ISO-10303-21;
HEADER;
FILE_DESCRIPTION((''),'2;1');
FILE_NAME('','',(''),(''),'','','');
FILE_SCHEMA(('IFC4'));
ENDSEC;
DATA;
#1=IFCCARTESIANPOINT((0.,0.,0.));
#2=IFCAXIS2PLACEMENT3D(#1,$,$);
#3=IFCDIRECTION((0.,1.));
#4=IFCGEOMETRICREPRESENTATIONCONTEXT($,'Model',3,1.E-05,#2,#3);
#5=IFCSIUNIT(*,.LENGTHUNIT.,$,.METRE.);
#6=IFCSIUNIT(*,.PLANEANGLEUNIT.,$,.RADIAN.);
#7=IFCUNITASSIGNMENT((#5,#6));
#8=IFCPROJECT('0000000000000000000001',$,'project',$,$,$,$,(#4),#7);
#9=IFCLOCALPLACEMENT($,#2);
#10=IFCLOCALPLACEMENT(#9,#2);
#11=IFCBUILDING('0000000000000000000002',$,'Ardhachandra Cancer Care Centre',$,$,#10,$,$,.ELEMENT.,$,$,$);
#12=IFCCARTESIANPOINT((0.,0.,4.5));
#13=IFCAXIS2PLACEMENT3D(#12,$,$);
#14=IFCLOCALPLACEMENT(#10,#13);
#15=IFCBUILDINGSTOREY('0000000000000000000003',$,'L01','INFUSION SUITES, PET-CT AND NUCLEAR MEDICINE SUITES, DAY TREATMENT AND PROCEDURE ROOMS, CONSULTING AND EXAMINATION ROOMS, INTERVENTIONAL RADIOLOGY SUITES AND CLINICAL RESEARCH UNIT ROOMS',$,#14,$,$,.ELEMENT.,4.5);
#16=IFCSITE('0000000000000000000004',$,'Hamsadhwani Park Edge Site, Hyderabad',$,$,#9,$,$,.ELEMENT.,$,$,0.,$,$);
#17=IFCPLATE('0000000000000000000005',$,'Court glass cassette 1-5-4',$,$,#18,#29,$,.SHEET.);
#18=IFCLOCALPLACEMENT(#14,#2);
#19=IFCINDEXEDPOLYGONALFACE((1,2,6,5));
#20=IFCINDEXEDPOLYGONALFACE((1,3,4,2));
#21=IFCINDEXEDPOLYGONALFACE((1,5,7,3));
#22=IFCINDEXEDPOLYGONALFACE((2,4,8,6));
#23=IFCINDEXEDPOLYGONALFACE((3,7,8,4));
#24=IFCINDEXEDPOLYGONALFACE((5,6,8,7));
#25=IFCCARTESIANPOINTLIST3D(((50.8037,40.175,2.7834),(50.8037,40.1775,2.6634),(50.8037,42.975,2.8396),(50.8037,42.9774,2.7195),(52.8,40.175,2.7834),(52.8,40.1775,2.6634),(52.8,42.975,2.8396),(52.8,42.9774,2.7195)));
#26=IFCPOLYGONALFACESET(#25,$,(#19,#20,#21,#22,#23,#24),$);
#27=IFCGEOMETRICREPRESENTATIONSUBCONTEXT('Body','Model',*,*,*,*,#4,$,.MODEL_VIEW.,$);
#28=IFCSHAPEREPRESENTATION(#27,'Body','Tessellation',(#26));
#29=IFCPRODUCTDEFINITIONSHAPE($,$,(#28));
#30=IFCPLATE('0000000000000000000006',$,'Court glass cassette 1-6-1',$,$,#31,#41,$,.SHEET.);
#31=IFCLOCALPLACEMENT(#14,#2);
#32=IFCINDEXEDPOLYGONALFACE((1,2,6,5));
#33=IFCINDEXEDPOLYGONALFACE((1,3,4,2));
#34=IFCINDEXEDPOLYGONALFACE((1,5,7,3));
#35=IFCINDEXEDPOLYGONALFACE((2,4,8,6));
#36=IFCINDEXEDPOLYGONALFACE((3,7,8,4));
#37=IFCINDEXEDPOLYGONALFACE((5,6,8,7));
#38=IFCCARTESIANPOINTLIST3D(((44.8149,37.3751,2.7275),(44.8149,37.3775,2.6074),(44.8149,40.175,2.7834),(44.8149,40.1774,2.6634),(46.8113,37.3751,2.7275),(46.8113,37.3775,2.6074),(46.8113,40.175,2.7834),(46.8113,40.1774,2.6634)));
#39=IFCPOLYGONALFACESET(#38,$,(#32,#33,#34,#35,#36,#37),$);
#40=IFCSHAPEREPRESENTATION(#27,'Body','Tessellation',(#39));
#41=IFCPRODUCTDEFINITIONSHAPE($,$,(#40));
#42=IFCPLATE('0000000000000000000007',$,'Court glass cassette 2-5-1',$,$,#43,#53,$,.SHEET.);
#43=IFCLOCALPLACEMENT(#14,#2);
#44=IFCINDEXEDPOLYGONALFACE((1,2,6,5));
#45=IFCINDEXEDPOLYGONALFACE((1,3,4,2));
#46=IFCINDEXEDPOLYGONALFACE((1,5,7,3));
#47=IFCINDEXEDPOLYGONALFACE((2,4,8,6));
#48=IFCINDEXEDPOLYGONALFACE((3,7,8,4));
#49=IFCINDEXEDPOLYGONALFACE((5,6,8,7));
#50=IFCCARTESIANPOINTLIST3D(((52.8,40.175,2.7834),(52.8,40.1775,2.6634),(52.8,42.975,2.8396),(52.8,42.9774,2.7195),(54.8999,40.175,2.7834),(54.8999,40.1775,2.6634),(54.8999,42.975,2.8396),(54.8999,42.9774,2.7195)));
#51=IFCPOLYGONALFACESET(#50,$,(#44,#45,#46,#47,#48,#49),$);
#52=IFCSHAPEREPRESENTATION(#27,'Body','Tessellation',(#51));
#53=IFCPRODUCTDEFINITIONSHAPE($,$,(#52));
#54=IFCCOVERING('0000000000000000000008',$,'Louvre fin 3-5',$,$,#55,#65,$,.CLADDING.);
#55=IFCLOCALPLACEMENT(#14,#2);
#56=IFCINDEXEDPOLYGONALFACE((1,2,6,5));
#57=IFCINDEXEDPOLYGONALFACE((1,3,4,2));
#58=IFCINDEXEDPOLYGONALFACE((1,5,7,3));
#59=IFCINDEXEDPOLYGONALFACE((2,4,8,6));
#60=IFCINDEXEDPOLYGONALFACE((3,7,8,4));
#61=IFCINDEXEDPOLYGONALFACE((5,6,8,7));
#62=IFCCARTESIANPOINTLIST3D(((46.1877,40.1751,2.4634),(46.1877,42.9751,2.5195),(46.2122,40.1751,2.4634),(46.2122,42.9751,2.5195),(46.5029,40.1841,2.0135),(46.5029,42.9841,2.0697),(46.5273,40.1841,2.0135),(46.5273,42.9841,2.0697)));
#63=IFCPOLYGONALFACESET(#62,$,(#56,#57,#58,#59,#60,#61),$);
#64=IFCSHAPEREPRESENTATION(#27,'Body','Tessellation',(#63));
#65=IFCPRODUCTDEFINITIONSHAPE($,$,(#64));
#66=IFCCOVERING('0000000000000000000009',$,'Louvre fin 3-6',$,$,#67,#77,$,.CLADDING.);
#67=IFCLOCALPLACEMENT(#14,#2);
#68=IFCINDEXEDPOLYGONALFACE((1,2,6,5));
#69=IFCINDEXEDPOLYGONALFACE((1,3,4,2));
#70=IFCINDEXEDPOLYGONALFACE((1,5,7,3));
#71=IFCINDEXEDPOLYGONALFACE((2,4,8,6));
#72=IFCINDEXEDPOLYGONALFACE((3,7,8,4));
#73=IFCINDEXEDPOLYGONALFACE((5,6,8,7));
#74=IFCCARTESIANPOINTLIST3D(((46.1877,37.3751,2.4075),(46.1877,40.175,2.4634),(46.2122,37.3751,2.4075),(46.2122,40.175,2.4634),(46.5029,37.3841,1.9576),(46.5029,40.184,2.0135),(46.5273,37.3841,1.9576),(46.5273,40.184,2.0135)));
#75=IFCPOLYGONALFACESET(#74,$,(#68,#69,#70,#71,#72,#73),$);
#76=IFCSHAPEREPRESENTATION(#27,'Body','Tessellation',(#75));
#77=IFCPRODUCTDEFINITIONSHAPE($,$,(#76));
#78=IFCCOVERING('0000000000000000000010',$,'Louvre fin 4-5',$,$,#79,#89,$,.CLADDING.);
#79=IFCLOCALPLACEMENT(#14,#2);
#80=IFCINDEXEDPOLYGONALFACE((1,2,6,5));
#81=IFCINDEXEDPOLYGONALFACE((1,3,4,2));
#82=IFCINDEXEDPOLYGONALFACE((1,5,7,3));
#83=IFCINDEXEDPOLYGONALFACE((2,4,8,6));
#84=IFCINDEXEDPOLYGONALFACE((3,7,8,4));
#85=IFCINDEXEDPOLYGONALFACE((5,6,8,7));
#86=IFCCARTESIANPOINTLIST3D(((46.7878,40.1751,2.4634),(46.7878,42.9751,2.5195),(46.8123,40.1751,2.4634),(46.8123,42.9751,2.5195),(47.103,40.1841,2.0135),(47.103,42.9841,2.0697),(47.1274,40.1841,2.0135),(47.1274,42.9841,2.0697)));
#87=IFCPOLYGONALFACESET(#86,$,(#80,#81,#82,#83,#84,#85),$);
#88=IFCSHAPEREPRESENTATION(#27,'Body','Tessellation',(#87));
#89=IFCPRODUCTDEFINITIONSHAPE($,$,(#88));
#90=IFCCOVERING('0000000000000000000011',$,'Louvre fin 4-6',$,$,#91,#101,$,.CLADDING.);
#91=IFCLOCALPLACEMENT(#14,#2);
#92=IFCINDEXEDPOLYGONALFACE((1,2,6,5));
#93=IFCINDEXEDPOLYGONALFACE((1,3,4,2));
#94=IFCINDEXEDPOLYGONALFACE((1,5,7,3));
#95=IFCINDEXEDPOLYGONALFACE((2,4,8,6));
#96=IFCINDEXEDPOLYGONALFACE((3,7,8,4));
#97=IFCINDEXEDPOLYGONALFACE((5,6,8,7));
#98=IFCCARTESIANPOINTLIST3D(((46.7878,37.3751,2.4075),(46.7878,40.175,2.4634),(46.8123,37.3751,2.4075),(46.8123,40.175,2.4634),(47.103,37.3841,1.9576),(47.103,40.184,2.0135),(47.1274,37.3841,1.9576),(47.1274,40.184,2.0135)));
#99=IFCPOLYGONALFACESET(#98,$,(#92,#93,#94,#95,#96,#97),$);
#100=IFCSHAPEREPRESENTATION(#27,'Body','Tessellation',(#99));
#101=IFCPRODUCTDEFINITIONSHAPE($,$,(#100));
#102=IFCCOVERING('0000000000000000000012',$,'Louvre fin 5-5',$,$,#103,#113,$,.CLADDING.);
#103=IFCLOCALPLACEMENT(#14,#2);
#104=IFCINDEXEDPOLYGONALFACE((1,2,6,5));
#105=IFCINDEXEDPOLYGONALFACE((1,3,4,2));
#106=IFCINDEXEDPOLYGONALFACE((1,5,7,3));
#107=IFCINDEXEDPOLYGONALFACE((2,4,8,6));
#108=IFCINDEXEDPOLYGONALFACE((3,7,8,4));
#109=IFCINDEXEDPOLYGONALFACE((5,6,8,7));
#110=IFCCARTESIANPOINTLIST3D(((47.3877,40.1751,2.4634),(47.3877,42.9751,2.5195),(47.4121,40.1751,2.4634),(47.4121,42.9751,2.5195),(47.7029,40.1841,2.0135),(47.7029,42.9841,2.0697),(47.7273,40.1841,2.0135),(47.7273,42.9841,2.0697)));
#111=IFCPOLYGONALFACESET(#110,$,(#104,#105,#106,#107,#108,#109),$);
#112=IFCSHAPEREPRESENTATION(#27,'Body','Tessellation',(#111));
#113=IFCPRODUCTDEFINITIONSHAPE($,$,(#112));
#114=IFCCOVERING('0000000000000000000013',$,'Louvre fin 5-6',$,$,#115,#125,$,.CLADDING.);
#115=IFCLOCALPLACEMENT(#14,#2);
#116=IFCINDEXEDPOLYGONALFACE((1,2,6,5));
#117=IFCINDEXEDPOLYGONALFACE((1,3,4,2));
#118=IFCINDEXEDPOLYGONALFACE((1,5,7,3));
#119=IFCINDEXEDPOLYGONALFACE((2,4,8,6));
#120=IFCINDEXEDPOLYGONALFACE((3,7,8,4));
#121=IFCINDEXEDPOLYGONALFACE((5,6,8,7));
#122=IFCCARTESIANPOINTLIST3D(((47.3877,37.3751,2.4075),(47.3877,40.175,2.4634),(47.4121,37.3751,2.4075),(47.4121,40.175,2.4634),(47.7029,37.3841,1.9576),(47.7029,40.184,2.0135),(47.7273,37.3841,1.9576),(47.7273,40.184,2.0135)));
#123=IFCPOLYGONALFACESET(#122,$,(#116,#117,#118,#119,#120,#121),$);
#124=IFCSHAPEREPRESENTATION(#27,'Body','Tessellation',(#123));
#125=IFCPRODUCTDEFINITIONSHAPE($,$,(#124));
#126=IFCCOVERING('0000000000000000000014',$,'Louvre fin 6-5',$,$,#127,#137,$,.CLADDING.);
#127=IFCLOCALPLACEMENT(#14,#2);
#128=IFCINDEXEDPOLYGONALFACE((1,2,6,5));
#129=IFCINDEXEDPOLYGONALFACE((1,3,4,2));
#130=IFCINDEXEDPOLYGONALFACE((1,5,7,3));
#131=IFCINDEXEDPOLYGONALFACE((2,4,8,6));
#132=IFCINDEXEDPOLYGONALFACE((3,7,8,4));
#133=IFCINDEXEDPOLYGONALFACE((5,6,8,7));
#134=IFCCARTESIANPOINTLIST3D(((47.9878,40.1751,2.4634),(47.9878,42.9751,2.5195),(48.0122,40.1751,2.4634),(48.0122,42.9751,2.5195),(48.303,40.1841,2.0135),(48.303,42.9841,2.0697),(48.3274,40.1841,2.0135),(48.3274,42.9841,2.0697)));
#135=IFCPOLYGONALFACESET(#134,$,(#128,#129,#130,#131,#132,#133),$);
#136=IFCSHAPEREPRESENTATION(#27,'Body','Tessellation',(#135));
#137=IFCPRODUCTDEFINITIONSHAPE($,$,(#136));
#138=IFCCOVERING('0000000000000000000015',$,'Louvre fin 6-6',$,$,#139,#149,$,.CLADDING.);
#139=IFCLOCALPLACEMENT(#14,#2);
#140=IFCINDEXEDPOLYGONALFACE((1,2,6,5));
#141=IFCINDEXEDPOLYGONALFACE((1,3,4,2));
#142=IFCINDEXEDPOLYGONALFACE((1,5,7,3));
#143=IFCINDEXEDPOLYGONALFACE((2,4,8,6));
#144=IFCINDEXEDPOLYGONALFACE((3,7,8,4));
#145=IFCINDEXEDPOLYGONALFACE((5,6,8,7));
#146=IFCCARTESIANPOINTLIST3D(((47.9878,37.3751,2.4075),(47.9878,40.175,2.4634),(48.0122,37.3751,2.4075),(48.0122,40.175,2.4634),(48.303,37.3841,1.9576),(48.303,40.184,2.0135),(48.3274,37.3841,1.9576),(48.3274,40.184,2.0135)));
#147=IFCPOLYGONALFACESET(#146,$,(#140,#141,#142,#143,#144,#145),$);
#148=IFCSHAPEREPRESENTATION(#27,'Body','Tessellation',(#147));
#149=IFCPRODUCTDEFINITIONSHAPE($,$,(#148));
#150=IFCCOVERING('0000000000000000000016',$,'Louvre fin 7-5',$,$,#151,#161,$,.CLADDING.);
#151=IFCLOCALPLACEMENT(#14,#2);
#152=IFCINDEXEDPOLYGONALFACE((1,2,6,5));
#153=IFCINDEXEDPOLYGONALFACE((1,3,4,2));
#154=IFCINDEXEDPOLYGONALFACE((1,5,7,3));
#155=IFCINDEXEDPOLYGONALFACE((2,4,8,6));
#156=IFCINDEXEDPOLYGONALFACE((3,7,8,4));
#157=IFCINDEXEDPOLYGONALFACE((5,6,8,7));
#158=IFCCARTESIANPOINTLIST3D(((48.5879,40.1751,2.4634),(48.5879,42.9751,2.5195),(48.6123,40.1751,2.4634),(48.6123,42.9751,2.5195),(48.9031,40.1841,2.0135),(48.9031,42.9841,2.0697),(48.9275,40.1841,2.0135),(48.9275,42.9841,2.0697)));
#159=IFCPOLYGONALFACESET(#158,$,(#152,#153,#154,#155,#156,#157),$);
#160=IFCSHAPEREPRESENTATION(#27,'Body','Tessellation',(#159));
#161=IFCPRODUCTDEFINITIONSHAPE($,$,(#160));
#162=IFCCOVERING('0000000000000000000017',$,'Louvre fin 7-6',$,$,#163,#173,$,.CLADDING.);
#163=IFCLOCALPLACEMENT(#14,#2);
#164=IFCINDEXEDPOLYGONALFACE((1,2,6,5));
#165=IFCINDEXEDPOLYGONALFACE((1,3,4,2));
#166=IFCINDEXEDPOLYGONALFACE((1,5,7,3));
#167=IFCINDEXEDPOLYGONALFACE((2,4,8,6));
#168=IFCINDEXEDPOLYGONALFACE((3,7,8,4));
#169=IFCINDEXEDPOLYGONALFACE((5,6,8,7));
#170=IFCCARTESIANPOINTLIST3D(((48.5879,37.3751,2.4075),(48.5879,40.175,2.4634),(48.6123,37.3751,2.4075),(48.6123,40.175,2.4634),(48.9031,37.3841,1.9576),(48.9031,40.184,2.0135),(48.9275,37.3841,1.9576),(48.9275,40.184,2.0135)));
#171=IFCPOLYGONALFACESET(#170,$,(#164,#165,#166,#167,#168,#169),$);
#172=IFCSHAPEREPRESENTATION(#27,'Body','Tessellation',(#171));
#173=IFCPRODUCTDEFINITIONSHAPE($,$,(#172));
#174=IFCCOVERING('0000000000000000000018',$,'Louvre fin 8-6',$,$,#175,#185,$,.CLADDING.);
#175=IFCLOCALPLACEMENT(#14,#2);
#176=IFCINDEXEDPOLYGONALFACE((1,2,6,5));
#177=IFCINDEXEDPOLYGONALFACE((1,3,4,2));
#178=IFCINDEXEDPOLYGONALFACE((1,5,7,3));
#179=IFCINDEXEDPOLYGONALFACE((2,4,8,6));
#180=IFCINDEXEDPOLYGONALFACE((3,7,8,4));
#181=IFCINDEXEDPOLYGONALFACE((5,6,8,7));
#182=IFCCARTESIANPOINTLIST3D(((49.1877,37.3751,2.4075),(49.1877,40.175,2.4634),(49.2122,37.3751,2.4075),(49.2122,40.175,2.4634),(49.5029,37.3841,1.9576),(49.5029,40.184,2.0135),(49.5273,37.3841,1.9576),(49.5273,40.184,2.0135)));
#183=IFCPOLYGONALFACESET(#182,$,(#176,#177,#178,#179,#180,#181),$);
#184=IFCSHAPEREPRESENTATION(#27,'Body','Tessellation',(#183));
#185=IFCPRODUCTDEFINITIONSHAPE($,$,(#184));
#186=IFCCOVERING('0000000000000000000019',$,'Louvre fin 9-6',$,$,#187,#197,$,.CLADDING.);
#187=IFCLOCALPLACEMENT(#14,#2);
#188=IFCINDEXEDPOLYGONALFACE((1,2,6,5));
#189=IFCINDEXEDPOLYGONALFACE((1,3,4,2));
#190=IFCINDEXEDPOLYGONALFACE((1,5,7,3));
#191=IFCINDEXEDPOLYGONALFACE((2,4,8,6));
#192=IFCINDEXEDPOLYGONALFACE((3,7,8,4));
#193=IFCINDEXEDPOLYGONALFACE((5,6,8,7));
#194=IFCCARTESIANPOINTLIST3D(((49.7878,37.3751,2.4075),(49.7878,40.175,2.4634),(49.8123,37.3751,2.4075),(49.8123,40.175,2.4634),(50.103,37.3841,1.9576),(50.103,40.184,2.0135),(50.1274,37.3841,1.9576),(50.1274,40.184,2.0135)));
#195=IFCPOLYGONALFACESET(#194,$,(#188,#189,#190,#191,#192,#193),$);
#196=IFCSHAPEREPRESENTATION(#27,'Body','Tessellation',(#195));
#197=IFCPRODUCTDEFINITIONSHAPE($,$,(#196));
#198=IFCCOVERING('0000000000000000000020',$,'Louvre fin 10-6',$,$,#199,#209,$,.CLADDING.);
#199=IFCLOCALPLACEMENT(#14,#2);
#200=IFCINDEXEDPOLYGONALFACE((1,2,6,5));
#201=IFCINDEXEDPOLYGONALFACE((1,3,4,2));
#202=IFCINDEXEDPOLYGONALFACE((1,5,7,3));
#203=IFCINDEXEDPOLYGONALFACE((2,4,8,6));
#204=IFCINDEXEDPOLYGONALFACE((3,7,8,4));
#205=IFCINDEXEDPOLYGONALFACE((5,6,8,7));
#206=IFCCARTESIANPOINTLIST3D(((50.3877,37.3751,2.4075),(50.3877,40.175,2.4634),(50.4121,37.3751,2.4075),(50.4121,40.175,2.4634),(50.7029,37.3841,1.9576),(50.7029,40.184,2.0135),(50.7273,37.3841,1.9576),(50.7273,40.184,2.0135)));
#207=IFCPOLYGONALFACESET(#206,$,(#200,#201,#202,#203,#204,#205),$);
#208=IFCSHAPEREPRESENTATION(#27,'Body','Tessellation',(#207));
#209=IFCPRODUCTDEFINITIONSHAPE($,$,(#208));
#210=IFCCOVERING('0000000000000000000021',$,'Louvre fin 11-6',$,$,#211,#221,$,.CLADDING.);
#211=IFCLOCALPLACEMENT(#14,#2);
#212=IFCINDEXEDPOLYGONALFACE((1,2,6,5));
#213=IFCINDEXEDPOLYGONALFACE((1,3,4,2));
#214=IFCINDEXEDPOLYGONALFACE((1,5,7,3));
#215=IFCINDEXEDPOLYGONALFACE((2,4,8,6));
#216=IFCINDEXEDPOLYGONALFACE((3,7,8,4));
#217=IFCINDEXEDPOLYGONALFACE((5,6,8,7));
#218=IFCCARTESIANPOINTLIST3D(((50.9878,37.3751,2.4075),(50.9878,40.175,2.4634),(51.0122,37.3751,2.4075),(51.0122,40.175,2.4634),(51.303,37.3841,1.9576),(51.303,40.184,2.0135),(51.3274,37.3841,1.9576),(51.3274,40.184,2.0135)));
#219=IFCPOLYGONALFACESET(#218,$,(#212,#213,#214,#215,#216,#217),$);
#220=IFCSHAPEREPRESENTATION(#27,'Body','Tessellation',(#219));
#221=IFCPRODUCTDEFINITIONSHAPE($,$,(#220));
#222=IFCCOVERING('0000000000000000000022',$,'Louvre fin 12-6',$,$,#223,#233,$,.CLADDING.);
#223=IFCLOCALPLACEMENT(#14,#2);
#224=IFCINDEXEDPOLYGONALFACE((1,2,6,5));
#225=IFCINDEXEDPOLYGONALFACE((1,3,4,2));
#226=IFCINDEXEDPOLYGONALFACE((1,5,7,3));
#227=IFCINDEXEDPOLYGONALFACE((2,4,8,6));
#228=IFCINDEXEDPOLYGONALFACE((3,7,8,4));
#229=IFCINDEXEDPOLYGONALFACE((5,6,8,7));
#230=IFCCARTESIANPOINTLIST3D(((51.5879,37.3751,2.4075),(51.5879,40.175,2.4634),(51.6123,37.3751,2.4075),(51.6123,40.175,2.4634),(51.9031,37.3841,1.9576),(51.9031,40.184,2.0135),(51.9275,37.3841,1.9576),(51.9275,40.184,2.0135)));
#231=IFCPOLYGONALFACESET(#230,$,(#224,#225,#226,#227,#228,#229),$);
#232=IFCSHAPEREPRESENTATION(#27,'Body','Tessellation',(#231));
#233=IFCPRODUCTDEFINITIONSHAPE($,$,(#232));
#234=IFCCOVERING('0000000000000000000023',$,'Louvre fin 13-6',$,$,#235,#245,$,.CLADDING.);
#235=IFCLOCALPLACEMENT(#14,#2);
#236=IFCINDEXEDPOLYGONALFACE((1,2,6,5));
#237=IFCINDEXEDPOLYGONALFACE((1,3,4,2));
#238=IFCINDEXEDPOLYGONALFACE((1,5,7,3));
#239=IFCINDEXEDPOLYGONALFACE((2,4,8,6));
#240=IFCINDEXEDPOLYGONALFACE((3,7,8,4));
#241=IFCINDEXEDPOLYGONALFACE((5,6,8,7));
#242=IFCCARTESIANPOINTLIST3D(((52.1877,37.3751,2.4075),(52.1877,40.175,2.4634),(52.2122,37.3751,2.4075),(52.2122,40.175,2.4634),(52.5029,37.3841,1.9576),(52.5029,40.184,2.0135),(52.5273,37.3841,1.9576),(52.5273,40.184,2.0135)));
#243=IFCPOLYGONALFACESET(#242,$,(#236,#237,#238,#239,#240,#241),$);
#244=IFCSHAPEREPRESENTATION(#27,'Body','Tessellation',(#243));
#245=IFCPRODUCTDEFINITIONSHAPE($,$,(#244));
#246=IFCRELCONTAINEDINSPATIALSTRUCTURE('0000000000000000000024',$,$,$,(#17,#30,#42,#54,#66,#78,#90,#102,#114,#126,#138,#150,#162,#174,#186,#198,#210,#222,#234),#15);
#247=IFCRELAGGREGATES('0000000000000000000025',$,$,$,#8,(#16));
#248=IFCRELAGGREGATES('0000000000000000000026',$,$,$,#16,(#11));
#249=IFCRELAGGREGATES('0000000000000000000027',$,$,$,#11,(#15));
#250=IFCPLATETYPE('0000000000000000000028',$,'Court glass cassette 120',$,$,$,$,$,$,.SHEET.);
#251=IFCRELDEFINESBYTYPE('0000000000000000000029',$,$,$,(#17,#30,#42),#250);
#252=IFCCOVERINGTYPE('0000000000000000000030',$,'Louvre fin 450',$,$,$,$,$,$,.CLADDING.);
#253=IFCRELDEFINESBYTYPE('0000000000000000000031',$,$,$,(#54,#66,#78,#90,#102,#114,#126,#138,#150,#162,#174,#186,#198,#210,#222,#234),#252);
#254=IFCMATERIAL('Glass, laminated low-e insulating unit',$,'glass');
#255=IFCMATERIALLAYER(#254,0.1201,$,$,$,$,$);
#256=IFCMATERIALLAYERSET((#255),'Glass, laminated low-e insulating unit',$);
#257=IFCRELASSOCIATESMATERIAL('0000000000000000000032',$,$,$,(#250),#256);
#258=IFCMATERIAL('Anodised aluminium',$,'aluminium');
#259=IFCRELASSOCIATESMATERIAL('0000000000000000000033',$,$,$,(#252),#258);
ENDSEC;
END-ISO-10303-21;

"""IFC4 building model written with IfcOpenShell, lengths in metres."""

from ifc_helpers import new_model, si_unit, direction, frame, origin, place, context, subcontext, project, spatial, polyline, outline, extrude, material, layer, layer_set, material_profile, profile_set, type_object, element, save


model = new_model("IFC4")

# Units and contexts
model_context = context("Model", 3, precision=1e-05, world=origin(), true_north=direction((0.0, 1.0)))
body_context = subcontext(model_context, "Body", "Model", "MODEL_VIEW")
ifc_project = project(units=[si_unit("LENGTHUNIT", "METRE"), si_unit("PLANEANGLEUNIT", "RADIAN")], contexts=[model_context])

# Site, building, storey
site_placement = place(None, origin())
site = spatial("IfcSite", under=ifc_project, at=site_placement, Name="Hamsadhwani Park Edge Site, Hyderabad", CompositionType="ELEMENT", RefElevation=0.0)
building_placement = place(site_placement, origin())
building = spatial("IfcBuilding", under=site, at=building_placement, Name="Ardhachandra Cancer Care Centre", CompositionType="ELEMENT")
storey_placement = place(building_placement, frame((0.0, 0.0, 4.5)))
storey = spatial("IfcBuildingStorey", under=building, at=storey_placement, Name="L01", Description="INFUSION SUITES, PET-CT AND NUCLEAR MEDICINE SUITES, DAY TREATMENT AND PROCEDURE ROOMS, CONSULTING AND EXAMINATION ROOMS, INTERVENTIONAL RADIOLOGY SUITES AND CLINICAL RESEARCH UNIT ROOMS", CompositionType="ELEMENT", Elevation=4.5)

# Plates
ifc_material_1 = material(Name="Glass, laminated low-e insulating unit", Category="glass")
ifc_layer = layer(ifc_material_1, 0.1201)
ifc_layer_set = layer_set([ifc_layer], Name="Glass, laminated low-e insulating unit")
plate_type = type_object("IfcPlateType", Name="Court glass cassette 120", PredefinedType="SHEET", material=ifc_layer_set)
for number, where, z_axis, x_axis, name in (
    (1, (50.8037, 40.175, 2.7834), (0.0, -0.02005, 0.999799), (0.0, 0.999799, 0.02005), "Court glass cassette 1-5-4"),
    (2, (46.8113, 40.175, 2.7834), (0.0, -0.019963, 0.999801), (0.0, -0.999801, -0.019963), "Court glass cassette 1-6-1"),
):
    element("IfcPlate", number, at=place(storey_placement, frame(where, z_axis=z_axis, x_axis=x_axis)), inside=storey, type_object=plate_type, Name=name, PredefinedType="SHEET", context=body_context, shape_type="SweptSolid", body=[
        extrude(outline(polyline([(0.0, -1.9963), (2.8005, -1.9963), (2.8005, 0.0), (0.0, 0.0), (0.0, -1.9963)])), frame((0.0, 0.0, -0.1201)), (0.0, 0.0, 1.0), 0.1201),
    ])
plate_1_placement = place(storey_placement, frame((52.8, 40.175, 2.7834), z_axis=(0.0, -0.02005, 0.999799), x_axis=(0.0, 0.999799, 0.02005)))
element("IfcPlate", 3, at=plate_1_placement, inside=storey, type_object=plate_type, Name="Court glass cassette 2-5-1", PredefinedType="SHEET", context=body_context, shape_type="SweptSolid", body=[
    extrude(outline(polyline([(0.0, -2.0999), (2.8005, -2.0999), (2.8005, 0.0), (0.0, 0.0), (0.0, -2.0999)])), frame((0.0, 0.0, -0.1201)), (0.0, 0.0, 1.0), 0.1201),
])

# Coverings
ifc_material_2 = material(Name="Anodised aluminium", Category="aluminium")
ifc_material_profile_1 = material_profile(ifc_material_2, outline(polyline([(-0.0122, 0.0), (0.0122, 0.0), (0.3274, -0.45), (0.303, -0.45), (-0.0122, 0.0)])), Name="Louvre fin 450")
ifc_profile_set_1 = profile_set([ifc_material_profile_1], Name="Anodised aluminium")
covering_type = type_object("IfcCoveringType", Name="Louvre fin 450", PredefinedType="CLADDING", material=ifc_profile_set_1)
for number, where, z_axis, x_axis, name in (
    (4, (46.2, 42.9751, 2.5195), (0.0, -0.999799, -0.02005), (1.0, 0.0, 0.0), "Louvre fin 3-5"),
    (5, (46.2, 40.175, 2.4634), (0.0, -0.999801, -0.019963), (1.0, 0.0, 0.0), "Louvre fin 3-6"),
    (6, (46.8, 42.9751, 2.5195), (0.0, -0.999799, -0.02005), (1.0, 0.0, 0.0), "Louvre fin 4-5"),
    (7, (46.8, 40.175, 2.4634), (0.0, -0.999801, -0.019963), (1.0, 0.0, 0.0), "Louvre fin 4-6"),
    (8, (47.3999, 42.9751, 2.5195), (0.0, -0.999799, -0.02005), (1.0, 0.0, 0.0), "Louvre fin 5-5"),
    (9, (47.3999, 40.175, 2.4634), (0.0, -0.999801, -0.019963), (1.0, 0.0, 0.0), "Louvre fin 5-6"),
    (10, (48.0, 42.9751, 2.5195), (0.0, -0.999799, -0.02005), (1.0, 0.0, 0.0), "Louvre fin 6-5"),
    (11, (48.0, 40.175, 2.4634), (0.0, -0.999801, -0.019963), (1.0, 0.0, 0.0), "Louvre fin 6-6"),
    (12, (48.6001, 42.9751, 2.5195), (0.0, -0.999799, -0.02005), (1.0, 0.0, 0.0), "Louvre fin 7-5"),
    (13, (48.6001, 40.175, 2.4634), (0.0, -0.999801, -0.019963), (1.0, 0.0, 0.0), "Louvre fin 7-6"),
    (14, (49.2, 40.175, 2.4634), (0.0, -0.999801, -0.019963), (1.0, 0.0, 0.0), "Louvre fin 8-6"),
    (15, (49.8, 40.175, 2.4634), (0.0, -0.999801, -0.019963), (1.0, 0.0, 0.0), "Louvre fin 9-6"),
    (16, (50.3999, 40.175, 2.4634), (0.0, -0.999801, -0.019963), (1.0, 0.0, 0.0), "Louvre fin 10-6"),
    (17, (51.0, 40.175, 2.4634), (0.0, -0.999801, -0.019963), (1.0, 0.0, 0.0), "Louvre fin 11-6"),
    (18, (51.6001, 40.175, 2.4634), (0.0, -0.999801, -0.019963), (1.0, 0.0, 0.0), "Louvre fin 12-6"),
    (19, (52.2, 40.175, 2.4634), (0.0, -0.999801, -0.019963), (1.0, 0.0, 0.0), "Louvre fin 13-6"),
):
    element("IfcCovering", number, at=place(storey_placement, frame(where, z_axis=z_axis, x_axis=x_axis)), inside=storey, type_object=covering_type, Name=name, PredefinedType="CLADDING", context=body_context, shape_type="SweptSolid", body=[
        extrude(outline(polyline([(-0.0122, 0.0), (0.0122, 0.0), (0.3274, -0.45), (0.303, -0.45), (-0.0122, 0.0)])), origin(), (0.0, 0.0, 1.0), 2.8005),
    ])

save(model, "model.ifc")
